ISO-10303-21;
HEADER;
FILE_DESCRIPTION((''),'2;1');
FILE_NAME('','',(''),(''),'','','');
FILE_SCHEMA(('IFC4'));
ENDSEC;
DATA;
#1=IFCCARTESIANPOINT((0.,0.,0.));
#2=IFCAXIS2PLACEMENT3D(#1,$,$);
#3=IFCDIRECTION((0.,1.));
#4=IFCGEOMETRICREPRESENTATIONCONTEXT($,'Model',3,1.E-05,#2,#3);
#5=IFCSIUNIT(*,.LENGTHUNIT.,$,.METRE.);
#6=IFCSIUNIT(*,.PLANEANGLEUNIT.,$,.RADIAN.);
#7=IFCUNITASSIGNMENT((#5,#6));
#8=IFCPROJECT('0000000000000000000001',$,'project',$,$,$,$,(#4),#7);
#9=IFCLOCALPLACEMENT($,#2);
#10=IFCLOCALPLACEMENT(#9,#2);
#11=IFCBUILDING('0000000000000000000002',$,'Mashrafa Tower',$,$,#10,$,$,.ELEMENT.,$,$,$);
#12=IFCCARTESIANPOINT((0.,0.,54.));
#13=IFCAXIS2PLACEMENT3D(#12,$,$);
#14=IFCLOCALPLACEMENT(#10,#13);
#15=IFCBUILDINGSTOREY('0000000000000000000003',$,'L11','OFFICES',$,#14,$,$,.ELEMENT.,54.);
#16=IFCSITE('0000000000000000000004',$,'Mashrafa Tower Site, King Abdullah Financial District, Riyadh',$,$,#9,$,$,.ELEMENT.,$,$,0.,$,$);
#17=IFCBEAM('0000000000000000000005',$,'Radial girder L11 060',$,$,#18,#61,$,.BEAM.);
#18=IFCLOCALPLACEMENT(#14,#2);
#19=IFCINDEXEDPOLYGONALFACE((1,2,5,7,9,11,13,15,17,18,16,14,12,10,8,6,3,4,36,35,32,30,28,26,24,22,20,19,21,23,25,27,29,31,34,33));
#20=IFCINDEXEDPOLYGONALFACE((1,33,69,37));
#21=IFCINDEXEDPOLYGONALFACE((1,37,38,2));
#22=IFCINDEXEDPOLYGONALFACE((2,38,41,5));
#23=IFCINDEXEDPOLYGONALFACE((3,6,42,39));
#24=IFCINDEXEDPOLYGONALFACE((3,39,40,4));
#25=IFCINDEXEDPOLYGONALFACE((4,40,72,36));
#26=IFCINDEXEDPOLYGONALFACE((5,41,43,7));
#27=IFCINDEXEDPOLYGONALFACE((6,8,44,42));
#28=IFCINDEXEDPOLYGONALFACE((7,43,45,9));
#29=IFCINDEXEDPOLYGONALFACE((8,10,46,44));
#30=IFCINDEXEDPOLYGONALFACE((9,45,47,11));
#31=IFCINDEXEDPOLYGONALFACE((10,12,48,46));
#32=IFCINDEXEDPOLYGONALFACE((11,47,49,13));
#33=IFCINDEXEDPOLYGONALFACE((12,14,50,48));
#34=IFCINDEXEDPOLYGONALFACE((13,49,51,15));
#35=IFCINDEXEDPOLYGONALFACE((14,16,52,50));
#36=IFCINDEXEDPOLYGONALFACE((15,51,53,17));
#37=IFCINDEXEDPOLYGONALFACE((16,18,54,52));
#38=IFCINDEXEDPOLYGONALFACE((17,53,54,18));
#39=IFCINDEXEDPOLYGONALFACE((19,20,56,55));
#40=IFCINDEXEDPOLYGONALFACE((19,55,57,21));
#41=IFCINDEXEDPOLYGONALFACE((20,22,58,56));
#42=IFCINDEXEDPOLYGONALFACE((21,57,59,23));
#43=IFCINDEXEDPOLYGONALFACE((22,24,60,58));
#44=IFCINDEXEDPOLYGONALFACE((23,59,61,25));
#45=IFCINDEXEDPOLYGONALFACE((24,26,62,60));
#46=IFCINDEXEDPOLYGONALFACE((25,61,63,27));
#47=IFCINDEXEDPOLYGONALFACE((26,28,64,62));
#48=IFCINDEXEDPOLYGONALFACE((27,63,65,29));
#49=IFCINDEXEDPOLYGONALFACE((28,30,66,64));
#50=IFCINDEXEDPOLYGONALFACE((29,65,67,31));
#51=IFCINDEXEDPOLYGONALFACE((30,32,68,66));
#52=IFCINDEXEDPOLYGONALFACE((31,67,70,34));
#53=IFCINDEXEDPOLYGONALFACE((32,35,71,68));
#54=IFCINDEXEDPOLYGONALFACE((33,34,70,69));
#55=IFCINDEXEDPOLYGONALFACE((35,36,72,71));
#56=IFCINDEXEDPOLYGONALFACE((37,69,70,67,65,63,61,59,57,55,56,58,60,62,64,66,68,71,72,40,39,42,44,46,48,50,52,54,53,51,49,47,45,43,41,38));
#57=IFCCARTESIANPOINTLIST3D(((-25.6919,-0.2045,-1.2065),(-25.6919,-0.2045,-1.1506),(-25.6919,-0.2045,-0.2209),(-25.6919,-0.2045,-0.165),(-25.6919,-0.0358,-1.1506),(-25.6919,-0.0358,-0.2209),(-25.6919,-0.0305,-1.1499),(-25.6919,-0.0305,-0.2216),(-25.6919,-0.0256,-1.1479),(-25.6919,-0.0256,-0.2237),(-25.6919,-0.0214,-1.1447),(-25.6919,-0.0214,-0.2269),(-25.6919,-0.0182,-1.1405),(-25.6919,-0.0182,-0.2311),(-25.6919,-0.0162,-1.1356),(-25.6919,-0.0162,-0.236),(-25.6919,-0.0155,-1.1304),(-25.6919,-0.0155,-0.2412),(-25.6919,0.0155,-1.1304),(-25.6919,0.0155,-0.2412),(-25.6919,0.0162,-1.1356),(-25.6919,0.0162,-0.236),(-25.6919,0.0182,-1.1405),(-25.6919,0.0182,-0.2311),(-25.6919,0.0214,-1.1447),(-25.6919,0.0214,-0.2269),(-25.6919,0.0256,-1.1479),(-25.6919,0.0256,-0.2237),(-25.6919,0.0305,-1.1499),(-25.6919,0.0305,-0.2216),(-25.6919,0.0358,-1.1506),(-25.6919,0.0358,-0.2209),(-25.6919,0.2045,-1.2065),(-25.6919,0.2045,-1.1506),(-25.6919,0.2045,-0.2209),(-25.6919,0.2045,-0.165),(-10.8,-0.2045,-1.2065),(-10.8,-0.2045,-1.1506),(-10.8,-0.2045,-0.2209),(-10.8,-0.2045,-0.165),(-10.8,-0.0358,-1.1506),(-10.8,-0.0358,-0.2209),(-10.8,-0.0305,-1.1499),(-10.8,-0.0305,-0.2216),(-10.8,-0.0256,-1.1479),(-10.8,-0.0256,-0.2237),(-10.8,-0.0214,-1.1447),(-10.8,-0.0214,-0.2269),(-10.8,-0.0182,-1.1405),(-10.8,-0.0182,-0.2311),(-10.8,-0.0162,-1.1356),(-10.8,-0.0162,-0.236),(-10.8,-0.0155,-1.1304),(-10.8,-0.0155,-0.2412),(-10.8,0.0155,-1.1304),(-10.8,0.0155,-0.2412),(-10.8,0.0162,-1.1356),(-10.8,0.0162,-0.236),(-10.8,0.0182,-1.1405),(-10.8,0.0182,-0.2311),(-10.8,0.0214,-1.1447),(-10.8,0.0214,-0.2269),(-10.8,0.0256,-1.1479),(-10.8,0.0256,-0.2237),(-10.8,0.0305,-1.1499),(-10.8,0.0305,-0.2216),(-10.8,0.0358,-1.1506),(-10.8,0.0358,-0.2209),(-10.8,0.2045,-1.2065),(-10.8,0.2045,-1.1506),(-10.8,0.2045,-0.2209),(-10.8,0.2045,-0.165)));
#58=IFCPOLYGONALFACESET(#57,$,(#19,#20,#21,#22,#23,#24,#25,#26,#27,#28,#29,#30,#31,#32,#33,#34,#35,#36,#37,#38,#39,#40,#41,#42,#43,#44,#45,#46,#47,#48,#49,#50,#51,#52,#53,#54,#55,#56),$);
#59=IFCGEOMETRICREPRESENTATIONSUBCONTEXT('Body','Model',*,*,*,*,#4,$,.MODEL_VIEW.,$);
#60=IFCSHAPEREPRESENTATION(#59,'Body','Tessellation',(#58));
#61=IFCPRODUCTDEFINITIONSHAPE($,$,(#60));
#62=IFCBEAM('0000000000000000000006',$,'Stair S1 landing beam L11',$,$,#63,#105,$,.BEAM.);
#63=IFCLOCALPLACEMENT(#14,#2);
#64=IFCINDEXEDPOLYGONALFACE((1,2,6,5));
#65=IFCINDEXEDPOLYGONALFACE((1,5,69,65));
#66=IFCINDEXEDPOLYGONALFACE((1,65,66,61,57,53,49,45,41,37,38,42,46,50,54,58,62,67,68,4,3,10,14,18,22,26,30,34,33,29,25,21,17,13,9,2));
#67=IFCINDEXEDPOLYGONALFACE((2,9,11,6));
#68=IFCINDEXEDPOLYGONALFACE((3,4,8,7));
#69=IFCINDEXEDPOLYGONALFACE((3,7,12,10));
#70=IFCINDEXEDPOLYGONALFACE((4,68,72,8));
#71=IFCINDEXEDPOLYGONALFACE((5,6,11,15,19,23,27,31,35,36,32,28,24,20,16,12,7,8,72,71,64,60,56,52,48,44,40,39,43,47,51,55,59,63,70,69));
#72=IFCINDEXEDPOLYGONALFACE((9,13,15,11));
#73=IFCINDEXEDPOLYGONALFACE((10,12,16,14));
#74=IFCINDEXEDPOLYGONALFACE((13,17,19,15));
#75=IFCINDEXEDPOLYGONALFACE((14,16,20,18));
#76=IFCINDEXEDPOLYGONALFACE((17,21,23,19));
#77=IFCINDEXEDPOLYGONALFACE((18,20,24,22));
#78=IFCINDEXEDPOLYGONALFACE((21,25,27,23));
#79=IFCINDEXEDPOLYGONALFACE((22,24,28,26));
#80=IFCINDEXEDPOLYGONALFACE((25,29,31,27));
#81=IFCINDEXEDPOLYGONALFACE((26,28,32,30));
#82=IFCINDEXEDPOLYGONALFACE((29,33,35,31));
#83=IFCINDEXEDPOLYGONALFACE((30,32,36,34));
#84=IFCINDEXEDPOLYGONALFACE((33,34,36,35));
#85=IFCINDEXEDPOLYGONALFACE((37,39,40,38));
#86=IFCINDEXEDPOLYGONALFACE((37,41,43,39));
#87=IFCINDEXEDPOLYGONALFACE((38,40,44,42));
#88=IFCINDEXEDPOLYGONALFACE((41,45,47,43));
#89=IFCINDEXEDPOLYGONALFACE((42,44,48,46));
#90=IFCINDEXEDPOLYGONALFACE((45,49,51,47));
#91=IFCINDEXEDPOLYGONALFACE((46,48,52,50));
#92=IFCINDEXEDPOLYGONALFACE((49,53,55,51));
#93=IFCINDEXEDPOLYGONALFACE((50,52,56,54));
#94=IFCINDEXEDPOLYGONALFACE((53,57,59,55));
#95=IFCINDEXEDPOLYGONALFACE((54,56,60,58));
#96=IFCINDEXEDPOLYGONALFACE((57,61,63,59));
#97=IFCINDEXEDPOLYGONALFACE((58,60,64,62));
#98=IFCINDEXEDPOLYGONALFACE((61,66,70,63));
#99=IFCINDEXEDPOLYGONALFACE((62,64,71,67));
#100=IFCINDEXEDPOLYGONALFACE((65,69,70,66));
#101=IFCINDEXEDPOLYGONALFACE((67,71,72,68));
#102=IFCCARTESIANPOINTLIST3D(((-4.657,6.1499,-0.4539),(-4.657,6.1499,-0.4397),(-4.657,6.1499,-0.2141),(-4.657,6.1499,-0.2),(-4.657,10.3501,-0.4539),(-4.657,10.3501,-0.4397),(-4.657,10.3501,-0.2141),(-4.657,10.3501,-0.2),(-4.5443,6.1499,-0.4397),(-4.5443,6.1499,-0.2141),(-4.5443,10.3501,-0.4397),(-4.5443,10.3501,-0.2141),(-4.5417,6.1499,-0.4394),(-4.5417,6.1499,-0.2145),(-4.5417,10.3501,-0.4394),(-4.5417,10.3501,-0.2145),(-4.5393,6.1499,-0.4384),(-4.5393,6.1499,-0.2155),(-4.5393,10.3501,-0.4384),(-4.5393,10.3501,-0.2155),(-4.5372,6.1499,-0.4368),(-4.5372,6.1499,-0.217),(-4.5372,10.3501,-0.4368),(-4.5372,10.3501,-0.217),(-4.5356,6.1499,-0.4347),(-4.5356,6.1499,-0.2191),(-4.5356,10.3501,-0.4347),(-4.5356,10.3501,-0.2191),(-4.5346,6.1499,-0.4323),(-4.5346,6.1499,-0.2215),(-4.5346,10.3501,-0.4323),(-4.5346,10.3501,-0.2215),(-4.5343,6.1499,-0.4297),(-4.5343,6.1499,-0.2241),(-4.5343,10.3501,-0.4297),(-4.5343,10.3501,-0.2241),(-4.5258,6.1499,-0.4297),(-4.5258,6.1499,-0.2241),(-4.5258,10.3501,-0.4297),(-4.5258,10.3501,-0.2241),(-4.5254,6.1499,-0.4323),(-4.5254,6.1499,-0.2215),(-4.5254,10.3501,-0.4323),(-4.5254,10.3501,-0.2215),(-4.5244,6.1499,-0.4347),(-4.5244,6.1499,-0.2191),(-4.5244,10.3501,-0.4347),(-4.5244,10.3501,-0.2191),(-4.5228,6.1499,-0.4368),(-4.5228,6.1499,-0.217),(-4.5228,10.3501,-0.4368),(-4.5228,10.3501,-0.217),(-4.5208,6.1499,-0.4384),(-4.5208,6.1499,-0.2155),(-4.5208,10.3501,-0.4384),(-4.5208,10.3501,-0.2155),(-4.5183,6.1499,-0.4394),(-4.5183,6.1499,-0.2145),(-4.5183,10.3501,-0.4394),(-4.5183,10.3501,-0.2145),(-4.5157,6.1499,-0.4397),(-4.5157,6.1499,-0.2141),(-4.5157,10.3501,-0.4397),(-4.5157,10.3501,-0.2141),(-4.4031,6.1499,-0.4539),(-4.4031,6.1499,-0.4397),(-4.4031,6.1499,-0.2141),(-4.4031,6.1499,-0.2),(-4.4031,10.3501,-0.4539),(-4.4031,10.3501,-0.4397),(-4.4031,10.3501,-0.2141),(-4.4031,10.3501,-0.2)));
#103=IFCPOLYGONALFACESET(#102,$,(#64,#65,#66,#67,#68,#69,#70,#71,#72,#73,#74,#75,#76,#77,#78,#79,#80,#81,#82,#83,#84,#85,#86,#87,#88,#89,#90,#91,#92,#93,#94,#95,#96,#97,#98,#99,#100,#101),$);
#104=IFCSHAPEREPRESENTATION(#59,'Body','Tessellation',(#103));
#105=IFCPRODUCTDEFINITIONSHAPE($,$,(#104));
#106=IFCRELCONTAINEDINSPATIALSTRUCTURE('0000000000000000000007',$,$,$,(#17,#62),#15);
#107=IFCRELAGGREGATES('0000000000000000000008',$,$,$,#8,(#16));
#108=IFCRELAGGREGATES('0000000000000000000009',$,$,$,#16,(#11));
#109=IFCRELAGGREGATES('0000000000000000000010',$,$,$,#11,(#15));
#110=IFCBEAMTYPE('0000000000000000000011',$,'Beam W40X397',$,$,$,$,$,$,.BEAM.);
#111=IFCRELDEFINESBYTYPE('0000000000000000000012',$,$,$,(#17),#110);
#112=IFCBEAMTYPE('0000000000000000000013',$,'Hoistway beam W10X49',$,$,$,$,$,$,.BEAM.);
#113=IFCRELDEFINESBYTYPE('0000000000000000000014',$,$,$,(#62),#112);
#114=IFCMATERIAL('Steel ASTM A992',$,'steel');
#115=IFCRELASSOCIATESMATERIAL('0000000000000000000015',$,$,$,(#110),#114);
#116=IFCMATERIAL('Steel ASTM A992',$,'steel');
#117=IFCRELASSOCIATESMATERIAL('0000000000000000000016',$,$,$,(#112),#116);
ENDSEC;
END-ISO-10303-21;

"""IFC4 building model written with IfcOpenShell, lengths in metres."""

from ifc_helpers import new_model, si_unit, direction, frame, origin, origin_2d, place, context, subcontext, project, spatial, i_section, extrude, material, material_profile, profile_set, type_object, element, save


model = new_model("IFC4")

# Units and contexts
model_context = context("Model", 3, precision=1e-05, world=origin(), true_north=direction((0.0, 1.0)))
body_context = subcontext(model_context, "Body", "Model", "MODEL_VIEW")
ifc_project = project(units=[si_unit("LENGTHUNIT", "METRE"), si_unit("PLANEANGLEUNIT", "RADIAN")], contexts=[model_context])

# Site, building, storey
site_placement = place(None, origin())
site = spatial("IfcSite", under=ifc_project, at=site_placement, Name="Mashrafa Tower Site, King Abdullah Financial District, Riyadh", CompositionType="ELEMENT", RefElevation=0.0)
building_placement = place(site_placement, origin())
building = spatial("IfcBuilding", under=site, at=building_placement, Name="Mashrafa Tower", CompositionType="ELEMENT")
storey_placement = place(building_placement, frame((0.0, 0.0, 54.0)))
storey = spatial("IfcBuildingStorey", under=building, at=storey_placement, Name="L11", Description="OFFICES", CompositionType="ELEMENT", Elevation=54.0)

# Beams
ifc_material_1 = material(Name="Steel ASTM A992", Category="steel")
ifc_material_profile_1 = material_profile(ifc_material_1, i_section(OverallWidth=0.4089, OverallDepth=1.0415, WebThickness=0.031, FlangeThickness=0.0559, FilletRadius=0.0203, at=origin_2d()), Name="W40X397")
ifc_profile_set_1 = profile_set([ifc_material_profile_1], Name="Steel ASTM A992")
beam_type_1 = type_object("IfcBeamType", Name="Beam W40X397", PredefinedType="BEAM", material=ifc_profile_set_1)
beam_1_placement = place(storey_placement, frame((-10.8, 0.0, -0.6858), z_axis=(-1.0, 0.0, 0.0), x_axis=(0.0, -1.0, 0.0)))
element("IfcBeam", 1, at=beam_1_placement, inside=storey, type_object=beam_type_1, Name="Radial girder L11 060", PredefinedType="BEAM", context=body_context, shape_type="SweptSolid", body=[
    extrude(i_section(OverallWidth=0.4089, OverallDepth=1.0415, WebThickness=0.031, FlangeThickness=0.0559, FilletRadius=0.0203, at=origin_2d()), origin(), (0.0, 0.0, 1.0), 14.8918),
])
ifc_material_2 = material(Name="Steel ASTM A992", Category="steel")
ifc_material_profile_2 = material_profile(ifc_material_2, i_section(OverallWidth=0.2539, OverallDepth=0.2539, WebThickness=0.0085, FlangeThickness=0.0142, FilletRadius=0.01, at=origin_2d()), Name="W10X49")
ifc_profile_set_2 = profile_set([ifc_material_profile_2], Name="Steel ASTM A992")
beam_type_2 = type_object("IfcBeamType", Name="Hoistway beam W10X49", PredefinedType="BEAM", material=ifc_profile_set_2)
beam_2_placement = place(storey_placement, frame((-4.53, 6.1499, -0.3269), z_axis=(0.0, 1.0, 0.0), x_axis=(-1.0, 0.0, 0.0)))
element("IfcBeam", 2, at=beam_2_placement, inside=storey, type_object=beam_type_2, Name="Stair S1 landing beam L11", PredefinedType="BEAM", context=body_context, shape_type="SweptSolid", body=[
    extrude(i_section(OverallWidth=0.2539, OverallDepth=0.2539, WebThickness=0.0085, FlangeThickness=0.0142, FilletRadius=0.01, at=origin_2d()), origin(), (0.0, 0.0, 1.0), 4.2002),
])

save(model, "model.ifc")
